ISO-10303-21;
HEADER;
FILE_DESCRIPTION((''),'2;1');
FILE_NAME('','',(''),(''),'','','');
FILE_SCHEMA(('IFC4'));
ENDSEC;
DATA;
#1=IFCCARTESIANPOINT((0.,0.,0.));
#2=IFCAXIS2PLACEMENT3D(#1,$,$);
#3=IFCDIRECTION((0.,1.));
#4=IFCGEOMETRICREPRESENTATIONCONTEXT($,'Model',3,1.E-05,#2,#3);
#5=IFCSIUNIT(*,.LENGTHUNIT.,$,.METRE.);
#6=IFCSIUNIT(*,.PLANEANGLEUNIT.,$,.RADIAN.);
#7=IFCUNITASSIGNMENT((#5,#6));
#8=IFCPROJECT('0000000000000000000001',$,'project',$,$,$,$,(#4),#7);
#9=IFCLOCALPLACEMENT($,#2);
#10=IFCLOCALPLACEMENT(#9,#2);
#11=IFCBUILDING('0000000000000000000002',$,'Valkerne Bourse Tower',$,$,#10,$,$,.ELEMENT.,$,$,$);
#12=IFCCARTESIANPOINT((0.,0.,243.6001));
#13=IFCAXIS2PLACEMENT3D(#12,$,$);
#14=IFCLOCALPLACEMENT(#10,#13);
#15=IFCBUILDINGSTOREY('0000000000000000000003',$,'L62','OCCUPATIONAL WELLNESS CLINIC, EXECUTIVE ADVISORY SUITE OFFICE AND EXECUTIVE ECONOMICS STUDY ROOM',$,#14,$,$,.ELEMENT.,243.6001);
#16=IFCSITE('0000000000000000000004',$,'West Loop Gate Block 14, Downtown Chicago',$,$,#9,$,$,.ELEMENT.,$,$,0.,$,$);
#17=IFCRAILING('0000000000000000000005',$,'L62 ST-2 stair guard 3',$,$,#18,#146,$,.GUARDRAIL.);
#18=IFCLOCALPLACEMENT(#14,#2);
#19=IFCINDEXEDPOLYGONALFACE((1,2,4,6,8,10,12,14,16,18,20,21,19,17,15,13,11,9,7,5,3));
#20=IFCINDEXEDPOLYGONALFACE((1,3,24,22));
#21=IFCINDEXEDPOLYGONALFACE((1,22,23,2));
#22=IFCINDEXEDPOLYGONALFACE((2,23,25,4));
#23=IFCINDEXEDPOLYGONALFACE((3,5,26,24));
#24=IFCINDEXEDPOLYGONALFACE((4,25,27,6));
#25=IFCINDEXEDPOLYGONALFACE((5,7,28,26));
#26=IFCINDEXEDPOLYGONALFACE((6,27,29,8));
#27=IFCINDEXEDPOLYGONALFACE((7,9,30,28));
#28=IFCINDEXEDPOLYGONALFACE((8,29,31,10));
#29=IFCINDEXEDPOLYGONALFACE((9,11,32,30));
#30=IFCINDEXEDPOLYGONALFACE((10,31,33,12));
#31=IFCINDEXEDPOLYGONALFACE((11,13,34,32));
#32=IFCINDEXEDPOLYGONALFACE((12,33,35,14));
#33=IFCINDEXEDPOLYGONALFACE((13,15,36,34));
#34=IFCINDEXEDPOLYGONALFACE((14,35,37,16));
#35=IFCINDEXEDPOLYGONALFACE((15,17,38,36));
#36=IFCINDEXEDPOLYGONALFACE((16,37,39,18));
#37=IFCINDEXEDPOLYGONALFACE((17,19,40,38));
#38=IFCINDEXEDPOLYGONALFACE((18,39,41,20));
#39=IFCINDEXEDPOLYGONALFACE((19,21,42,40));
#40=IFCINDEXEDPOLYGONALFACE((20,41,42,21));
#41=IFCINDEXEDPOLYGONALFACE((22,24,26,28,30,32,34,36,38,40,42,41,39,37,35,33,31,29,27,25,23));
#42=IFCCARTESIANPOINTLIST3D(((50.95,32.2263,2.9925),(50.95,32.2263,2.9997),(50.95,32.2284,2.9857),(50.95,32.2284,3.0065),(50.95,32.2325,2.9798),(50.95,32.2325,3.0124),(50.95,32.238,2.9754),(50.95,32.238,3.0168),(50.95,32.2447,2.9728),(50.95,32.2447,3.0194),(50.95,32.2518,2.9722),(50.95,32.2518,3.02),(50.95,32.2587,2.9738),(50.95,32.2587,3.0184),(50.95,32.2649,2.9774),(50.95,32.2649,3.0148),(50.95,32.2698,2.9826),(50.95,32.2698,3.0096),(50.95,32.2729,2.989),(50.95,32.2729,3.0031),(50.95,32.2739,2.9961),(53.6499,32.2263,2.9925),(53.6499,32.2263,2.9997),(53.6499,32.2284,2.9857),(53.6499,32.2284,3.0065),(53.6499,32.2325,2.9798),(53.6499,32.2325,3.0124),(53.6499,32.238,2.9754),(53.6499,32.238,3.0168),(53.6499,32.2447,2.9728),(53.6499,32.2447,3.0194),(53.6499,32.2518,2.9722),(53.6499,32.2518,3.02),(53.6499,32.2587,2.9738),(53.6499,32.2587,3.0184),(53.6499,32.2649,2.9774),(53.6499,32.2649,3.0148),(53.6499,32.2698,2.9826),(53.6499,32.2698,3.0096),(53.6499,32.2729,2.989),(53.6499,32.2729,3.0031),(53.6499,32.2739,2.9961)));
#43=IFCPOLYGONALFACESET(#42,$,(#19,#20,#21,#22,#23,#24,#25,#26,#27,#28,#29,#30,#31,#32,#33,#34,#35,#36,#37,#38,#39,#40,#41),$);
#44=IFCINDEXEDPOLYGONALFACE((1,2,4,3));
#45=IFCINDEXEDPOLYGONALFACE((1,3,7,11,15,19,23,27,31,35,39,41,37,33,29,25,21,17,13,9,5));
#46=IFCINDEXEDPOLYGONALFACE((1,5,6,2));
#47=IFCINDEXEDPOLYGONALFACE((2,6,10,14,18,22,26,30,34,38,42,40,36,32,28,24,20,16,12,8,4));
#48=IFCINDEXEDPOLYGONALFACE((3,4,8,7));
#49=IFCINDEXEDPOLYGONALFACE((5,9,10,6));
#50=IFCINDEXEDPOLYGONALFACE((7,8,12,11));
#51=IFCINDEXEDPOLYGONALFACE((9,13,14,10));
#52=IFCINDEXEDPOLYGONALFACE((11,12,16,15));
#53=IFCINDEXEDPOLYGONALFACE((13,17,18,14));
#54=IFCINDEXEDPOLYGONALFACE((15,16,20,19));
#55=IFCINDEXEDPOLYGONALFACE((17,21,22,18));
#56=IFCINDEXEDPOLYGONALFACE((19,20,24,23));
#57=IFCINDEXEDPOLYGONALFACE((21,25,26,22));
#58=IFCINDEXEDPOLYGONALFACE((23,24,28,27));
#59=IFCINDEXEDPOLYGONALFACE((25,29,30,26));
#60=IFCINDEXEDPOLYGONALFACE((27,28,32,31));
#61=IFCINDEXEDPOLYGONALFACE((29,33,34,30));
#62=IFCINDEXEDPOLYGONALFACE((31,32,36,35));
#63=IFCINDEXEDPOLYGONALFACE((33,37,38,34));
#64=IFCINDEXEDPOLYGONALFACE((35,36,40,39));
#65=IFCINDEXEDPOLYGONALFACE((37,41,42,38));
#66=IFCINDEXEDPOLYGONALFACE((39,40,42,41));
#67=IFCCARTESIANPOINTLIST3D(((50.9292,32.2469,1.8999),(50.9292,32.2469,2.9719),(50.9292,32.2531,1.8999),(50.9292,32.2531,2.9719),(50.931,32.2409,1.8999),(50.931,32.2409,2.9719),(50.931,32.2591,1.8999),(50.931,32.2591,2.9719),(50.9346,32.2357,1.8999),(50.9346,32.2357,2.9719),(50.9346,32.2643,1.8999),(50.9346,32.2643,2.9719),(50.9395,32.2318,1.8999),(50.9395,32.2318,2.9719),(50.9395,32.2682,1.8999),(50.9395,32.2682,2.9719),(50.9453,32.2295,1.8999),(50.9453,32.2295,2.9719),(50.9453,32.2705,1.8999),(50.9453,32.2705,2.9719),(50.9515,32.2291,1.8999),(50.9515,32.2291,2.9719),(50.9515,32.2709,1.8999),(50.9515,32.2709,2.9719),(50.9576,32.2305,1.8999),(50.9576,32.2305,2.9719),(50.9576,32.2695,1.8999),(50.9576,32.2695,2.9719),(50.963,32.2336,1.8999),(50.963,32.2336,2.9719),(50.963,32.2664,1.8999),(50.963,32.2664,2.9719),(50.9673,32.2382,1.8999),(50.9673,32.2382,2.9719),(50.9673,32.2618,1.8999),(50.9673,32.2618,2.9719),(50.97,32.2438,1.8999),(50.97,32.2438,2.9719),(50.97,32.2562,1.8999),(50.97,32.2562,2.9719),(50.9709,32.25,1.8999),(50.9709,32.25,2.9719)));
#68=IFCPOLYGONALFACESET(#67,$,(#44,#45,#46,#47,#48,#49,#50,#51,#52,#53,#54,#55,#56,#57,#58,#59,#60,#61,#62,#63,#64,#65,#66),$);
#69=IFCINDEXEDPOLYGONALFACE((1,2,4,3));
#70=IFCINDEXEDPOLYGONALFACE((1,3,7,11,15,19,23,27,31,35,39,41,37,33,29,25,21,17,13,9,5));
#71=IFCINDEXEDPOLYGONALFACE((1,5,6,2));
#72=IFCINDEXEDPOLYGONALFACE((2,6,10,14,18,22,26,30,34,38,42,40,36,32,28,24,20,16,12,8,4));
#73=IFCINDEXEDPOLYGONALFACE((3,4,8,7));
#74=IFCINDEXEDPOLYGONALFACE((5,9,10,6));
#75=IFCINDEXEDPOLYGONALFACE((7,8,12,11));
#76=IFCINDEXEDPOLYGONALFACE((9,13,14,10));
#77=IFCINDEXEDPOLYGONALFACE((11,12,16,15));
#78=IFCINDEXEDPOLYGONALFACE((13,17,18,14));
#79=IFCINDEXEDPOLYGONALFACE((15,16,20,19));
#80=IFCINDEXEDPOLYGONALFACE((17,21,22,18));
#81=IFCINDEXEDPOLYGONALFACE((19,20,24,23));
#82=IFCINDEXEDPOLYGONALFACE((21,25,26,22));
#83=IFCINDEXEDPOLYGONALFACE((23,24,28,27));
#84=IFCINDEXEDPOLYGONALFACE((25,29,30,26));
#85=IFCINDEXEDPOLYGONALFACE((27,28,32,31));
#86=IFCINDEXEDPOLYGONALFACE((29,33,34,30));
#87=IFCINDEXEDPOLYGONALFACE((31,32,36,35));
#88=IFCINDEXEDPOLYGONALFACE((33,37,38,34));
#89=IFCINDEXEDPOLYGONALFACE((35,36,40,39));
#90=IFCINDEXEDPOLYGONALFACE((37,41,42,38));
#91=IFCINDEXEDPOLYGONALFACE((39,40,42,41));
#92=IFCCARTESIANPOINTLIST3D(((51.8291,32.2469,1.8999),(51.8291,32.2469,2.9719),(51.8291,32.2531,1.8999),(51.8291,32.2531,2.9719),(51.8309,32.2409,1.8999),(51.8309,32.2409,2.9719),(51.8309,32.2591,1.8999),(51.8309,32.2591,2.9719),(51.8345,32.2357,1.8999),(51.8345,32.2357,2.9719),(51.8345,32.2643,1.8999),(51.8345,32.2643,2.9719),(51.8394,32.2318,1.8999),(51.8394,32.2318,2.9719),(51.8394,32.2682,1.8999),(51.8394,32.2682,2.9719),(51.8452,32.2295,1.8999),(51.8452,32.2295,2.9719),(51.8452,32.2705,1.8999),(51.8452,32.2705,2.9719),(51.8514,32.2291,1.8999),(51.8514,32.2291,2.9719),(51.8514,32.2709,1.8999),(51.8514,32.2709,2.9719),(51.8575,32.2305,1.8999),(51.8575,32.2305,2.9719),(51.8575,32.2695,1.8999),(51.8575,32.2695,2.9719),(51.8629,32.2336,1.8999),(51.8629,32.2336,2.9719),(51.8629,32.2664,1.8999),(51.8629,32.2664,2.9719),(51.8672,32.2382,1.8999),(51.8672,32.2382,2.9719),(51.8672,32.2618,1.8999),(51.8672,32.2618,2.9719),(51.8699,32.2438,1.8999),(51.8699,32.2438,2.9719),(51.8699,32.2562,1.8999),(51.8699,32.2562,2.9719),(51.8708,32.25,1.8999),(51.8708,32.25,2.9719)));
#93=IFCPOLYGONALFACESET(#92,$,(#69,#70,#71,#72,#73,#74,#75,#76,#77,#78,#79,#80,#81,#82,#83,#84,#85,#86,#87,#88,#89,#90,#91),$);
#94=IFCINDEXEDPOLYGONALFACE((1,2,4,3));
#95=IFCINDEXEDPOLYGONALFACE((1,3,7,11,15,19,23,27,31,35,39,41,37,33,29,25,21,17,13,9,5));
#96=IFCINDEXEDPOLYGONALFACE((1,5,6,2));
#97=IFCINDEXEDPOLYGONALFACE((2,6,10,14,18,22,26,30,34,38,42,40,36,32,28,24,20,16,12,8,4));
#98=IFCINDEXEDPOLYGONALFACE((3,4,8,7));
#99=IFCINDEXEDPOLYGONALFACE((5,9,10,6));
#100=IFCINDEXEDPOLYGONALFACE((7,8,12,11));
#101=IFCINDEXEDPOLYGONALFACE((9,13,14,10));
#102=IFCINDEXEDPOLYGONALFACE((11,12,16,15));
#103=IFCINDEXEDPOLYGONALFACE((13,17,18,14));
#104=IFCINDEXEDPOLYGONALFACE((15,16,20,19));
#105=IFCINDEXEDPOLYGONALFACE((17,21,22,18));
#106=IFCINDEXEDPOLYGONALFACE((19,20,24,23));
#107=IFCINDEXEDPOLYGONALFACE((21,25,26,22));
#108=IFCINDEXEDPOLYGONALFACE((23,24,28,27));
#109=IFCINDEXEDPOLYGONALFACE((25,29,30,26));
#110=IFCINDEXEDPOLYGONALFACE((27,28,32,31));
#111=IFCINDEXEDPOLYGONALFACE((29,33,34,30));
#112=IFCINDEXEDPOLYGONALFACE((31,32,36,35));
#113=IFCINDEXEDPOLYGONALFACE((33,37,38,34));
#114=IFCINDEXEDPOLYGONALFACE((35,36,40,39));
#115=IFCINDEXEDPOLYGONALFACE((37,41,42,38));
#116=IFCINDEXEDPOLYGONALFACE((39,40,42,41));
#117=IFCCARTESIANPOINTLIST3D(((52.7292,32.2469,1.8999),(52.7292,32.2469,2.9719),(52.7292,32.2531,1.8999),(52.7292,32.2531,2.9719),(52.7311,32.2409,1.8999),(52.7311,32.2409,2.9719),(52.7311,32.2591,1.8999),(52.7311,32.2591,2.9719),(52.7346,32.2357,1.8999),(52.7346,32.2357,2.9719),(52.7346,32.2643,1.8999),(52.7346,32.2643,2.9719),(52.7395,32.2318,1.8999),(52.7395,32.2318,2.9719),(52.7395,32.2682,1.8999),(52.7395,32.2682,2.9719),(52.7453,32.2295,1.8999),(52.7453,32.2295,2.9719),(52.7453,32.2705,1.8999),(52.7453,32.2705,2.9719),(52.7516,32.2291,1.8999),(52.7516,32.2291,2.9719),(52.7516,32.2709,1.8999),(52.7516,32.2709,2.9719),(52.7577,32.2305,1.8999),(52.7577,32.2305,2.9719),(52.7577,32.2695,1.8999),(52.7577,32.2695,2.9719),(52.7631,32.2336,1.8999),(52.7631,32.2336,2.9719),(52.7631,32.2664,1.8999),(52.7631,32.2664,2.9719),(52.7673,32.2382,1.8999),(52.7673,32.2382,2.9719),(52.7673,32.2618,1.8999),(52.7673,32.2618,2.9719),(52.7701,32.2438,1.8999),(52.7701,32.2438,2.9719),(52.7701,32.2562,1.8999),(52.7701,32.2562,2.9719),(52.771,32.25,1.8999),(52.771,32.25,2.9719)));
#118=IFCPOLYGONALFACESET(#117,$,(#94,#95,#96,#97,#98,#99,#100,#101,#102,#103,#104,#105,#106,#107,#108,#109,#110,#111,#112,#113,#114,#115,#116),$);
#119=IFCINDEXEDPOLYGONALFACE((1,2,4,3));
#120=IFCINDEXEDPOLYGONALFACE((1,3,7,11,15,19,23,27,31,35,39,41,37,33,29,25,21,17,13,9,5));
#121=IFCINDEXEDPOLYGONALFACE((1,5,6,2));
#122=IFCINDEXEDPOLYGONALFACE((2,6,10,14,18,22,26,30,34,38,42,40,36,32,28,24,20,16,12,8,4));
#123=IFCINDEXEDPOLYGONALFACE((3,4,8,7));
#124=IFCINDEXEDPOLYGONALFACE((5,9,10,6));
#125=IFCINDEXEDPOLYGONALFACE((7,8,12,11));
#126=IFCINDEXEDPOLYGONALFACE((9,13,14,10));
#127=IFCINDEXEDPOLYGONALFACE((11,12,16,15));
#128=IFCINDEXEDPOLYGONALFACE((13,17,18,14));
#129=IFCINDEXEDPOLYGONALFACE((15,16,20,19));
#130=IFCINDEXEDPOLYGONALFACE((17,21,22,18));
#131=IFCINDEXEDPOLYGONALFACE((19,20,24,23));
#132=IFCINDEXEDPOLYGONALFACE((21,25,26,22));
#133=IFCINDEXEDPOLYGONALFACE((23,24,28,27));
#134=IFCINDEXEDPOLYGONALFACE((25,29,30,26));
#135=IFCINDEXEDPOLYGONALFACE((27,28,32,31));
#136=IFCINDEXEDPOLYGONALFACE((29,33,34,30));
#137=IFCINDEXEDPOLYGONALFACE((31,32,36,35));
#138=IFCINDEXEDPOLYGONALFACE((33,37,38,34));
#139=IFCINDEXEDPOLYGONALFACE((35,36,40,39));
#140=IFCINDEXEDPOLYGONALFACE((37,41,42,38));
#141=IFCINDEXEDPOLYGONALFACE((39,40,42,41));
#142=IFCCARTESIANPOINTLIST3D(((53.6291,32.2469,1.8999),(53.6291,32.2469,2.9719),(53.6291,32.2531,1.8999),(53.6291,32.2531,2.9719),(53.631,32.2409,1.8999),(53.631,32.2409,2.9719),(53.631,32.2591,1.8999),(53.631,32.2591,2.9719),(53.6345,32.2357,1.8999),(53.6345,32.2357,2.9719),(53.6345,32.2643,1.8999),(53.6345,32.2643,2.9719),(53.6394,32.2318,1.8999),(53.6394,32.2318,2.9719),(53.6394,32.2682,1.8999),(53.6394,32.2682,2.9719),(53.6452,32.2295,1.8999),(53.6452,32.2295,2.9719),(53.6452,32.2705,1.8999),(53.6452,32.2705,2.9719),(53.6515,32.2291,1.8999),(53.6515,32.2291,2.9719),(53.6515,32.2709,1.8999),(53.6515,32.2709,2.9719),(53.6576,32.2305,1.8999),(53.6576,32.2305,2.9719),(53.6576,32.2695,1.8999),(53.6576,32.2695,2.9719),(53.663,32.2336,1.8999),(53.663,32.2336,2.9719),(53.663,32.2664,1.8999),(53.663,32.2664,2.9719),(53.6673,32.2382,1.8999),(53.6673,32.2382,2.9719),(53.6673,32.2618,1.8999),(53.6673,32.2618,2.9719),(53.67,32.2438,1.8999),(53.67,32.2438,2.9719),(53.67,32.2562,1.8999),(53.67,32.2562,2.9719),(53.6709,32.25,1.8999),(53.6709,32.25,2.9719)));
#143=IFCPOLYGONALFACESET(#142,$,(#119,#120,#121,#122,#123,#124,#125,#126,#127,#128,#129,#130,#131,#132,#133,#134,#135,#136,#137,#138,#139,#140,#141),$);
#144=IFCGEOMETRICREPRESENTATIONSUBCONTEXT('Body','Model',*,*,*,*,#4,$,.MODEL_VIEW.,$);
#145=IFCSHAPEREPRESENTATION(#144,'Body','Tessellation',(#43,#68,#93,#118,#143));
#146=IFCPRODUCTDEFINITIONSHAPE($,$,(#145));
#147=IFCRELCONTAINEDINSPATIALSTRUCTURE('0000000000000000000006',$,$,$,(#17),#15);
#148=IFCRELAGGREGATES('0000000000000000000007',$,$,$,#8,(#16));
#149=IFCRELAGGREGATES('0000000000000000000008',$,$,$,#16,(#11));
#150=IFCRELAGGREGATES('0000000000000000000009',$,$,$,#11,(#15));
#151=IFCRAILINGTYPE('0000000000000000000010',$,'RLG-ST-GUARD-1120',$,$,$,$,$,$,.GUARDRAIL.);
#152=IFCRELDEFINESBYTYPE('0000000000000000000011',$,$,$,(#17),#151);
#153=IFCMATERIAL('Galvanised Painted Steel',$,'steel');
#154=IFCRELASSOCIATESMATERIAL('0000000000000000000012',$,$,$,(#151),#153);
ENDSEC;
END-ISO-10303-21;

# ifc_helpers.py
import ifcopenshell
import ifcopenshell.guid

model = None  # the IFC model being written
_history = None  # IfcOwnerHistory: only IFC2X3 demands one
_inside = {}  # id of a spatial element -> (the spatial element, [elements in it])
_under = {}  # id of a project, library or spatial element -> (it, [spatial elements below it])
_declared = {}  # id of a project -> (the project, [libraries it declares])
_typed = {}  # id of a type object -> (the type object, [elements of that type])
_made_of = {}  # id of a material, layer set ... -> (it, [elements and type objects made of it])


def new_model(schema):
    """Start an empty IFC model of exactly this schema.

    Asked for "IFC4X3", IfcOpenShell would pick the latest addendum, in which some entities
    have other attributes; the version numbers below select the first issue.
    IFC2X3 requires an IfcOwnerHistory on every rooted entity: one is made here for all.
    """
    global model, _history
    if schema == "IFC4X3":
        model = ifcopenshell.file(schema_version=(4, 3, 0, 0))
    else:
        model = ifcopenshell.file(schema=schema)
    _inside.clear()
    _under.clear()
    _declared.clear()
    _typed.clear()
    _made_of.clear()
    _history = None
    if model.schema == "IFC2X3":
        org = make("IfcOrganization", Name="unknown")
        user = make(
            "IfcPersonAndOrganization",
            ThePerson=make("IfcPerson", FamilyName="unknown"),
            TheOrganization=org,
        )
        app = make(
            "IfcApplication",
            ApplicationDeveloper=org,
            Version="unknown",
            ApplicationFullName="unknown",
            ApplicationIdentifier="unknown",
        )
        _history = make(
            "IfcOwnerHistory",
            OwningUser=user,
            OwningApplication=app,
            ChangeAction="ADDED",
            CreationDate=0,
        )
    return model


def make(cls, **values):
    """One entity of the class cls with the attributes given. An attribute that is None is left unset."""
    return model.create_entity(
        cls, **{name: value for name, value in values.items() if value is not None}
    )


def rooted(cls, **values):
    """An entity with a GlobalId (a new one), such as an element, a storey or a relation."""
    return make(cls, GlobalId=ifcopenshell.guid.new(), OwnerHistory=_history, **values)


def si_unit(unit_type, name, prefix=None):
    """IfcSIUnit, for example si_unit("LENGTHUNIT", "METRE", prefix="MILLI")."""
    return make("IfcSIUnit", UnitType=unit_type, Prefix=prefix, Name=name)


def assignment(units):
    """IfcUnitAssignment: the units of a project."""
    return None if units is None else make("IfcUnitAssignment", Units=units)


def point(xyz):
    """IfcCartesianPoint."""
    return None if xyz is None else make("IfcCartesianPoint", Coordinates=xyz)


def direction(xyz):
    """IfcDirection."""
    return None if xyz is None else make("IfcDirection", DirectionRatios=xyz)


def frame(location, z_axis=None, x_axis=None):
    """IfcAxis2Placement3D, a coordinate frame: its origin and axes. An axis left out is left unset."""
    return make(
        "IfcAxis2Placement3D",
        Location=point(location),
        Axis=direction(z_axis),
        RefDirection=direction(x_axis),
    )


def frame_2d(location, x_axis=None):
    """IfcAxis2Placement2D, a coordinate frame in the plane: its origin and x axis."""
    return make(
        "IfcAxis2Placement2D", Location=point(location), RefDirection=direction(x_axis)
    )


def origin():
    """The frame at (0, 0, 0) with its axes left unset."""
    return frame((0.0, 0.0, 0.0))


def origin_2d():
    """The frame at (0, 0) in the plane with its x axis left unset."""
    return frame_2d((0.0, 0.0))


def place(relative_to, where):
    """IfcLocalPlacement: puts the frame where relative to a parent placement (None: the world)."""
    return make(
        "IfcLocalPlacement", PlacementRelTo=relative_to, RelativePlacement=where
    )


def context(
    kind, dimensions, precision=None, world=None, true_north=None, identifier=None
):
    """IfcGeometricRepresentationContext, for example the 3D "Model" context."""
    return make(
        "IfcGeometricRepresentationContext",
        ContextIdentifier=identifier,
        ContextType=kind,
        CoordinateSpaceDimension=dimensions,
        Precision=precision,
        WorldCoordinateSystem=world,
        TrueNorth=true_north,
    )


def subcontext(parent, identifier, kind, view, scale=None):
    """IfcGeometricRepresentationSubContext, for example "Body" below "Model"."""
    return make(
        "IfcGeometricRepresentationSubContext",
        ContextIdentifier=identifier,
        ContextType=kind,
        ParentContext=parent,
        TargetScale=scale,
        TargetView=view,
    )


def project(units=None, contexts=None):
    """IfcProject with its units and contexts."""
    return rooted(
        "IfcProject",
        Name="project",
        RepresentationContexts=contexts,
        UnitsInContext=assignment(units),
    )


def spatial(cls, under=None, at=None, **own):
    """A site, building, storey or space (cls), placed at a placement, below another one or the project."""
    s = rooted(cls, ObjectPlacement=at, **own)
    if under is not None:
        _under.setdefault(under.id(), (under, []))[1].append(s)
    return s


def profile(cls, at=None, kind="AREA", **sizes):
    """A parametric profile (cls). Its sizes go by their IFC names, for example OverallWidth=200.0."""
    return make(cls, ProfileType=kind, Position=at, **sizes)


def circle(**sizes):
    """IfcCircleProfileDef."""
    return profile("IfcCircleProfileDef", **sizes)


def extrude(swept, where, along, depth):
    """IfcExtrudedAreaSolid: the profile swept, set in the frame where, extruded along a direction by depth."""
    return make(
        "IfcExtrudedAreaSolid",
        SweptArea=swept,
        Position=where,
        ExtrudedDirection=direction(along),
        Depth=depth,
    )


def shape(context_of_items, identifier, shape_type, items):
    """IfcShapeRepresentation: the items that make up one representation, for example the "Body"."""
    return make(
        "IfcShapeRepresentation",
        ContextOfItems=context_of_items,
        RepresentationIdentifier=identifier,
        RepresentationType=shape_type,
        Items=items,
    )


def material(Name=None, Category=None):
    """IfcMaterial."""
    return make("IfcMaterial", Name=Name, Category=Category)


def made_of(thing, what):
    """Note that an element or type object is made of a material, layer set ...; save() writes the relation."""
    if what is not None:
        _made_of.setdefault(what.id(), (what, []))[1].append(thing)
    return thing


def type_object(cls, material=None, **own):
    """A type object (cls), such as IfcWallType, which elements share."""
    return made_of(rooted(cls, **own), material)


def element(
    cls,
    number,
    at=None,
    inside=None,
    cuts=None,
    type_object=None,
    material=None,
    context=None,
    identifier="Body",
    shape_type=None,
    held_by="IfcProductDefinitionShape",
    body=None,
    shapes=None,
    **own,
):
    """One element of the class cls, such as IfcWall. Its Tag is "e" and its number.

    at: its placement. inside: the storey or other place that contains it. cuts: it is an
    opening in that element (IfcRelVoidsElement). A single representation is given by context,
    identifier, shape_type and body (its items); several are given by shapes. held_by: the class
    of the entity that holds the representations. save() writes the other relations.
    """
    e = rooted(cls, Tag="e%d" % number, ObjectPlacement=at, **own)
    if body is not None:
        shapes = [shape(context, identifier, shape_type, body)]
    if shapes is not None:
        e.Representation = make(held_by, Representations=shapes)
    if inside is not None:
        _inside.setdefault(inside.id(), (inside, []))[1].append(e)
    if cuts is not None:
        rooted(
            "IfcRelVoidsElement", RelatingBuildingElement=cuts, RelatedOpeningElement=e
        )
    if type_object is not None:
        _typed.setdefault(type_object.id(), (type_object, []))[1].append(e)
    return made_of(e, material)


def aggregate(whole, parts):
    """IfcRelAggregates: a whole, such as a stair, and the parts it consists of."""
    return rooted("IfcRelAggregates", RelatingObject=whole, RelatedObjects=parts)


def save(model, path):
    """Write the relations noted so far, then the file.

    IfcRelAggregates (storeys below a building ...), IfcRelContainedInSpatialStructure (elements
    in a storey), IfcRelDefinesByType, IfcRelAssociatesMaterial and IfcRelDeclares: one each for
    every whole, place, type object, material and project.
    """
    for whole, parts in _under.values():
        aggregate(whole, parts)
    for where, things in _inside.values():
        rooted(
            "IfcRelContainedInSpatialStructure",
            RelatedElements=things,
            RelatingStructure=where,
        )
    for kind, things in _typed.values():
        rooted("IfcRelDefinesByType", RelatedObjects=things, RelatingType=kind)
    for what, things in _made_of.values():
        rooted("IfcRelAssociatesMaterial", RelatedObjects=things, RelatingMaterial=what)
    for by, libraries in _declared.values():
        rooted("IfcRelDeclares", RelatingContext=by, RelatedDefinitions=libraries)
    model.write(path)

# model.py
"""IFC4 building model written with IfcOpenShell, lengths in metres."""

from ifc_helpers import new_model, si_unit, direction, frame, origin, origin_2d, place, context, subcontext, project, spatial, circle, extrude, material, type_object, element, save


model = new_model("IFC4")

# Units and contexts
model_context = context("Model", 3, precision=1e-05, world=origin(), true_north=direction((0.0, 1.0)))
body_context = subcontext(model_context, "Body", "Model", "MODEL_VIEW")
ifc_project = project(units=[si_unit("LENGTHUNIT", "METRE"), si_unit("PLANEANGLEUNIT", "RADIAN")], contexts=[model_context])

# Site, building, storey
site_placement = place(None, origin())
site = spatial("IfcSite", under=ifc_project, at=site_placement, Name="West Loop Gate Block 14, Downtown Chicago", CompositionType="ELEMENT", RefElevation=0.0)
building_placement = place(site_placement, origin())
building = spatial("IfcBuilding", under=site, at=building_placement, Name="Valkerne Bourse Tower", CompositionType="ELEMENT")
storey_placement = place(building_placement, frame((0.0, 0.0, 243.6001)))
storey = spatial("IfcBuildingStorey", under=building, at=storey_placement, Name="L62", Description="OCCUPATIONAL WELLNESS CLINIC, EXECUTIVE ADVISORY SUITE OFFICE AND EXECUTIVE ECONOMICS STUDY ROOM", CompositionType="ELEMENT", Elevation=243.6001)

# Shared definitions
ifc_material_1 = material(Name="Galvanised Painted Steel", Category="steel")

# Railing
railing_type_1 = type_object("IfcRailingType", Name="RLG-ST-GUARD-1120", PredefinedType="GUARDRAIL", material=ifc_material_1)
railing_1_placement = place(storey_placement, frame((50.95, 32.25, 1.8999)))
element("IfcRailing", 1, at=railing_1_placement, inside=storey, type_object=railing_type_1, Name="L62 ST-2 stair guard 3", PredefinedType="GUARDRAIL", context=body_context, shape_type="SweptSolid", body=[
    extrude(circle(Radius=0.0239, at=origin_2d()), frame((0.0, 0.0, 1.0962), z_axis=(1.0, 0.0, 0.0), x_axis=(0.0, 1.0, 0.0)), (0.0, 0.0, 1.0), 2.7),
    extrude(circle(Radius=0.021, at=origin_2d()), origin(), (0.0, 0.0, 1.0), 1.072),
    extrude(circle(Radius=0.021, at=origin_2d()), frame((0.8999, 0.0, 0.0)), (0.0, 0.0, 1.0), 1.072),
    extrude(circle(Radius=0.021, at=origin_2d()), frame((1.8, 0.0, 0.0)), (0.0, 0.0, 1.0), 1.072),
    extrude(circle(Radius=0.021, at=origin_2d()), frame((2.7, 0.0, 0.0)), (0.0, 0.0, 1.0), 1.072),
])

save(model, "model.ifc")
